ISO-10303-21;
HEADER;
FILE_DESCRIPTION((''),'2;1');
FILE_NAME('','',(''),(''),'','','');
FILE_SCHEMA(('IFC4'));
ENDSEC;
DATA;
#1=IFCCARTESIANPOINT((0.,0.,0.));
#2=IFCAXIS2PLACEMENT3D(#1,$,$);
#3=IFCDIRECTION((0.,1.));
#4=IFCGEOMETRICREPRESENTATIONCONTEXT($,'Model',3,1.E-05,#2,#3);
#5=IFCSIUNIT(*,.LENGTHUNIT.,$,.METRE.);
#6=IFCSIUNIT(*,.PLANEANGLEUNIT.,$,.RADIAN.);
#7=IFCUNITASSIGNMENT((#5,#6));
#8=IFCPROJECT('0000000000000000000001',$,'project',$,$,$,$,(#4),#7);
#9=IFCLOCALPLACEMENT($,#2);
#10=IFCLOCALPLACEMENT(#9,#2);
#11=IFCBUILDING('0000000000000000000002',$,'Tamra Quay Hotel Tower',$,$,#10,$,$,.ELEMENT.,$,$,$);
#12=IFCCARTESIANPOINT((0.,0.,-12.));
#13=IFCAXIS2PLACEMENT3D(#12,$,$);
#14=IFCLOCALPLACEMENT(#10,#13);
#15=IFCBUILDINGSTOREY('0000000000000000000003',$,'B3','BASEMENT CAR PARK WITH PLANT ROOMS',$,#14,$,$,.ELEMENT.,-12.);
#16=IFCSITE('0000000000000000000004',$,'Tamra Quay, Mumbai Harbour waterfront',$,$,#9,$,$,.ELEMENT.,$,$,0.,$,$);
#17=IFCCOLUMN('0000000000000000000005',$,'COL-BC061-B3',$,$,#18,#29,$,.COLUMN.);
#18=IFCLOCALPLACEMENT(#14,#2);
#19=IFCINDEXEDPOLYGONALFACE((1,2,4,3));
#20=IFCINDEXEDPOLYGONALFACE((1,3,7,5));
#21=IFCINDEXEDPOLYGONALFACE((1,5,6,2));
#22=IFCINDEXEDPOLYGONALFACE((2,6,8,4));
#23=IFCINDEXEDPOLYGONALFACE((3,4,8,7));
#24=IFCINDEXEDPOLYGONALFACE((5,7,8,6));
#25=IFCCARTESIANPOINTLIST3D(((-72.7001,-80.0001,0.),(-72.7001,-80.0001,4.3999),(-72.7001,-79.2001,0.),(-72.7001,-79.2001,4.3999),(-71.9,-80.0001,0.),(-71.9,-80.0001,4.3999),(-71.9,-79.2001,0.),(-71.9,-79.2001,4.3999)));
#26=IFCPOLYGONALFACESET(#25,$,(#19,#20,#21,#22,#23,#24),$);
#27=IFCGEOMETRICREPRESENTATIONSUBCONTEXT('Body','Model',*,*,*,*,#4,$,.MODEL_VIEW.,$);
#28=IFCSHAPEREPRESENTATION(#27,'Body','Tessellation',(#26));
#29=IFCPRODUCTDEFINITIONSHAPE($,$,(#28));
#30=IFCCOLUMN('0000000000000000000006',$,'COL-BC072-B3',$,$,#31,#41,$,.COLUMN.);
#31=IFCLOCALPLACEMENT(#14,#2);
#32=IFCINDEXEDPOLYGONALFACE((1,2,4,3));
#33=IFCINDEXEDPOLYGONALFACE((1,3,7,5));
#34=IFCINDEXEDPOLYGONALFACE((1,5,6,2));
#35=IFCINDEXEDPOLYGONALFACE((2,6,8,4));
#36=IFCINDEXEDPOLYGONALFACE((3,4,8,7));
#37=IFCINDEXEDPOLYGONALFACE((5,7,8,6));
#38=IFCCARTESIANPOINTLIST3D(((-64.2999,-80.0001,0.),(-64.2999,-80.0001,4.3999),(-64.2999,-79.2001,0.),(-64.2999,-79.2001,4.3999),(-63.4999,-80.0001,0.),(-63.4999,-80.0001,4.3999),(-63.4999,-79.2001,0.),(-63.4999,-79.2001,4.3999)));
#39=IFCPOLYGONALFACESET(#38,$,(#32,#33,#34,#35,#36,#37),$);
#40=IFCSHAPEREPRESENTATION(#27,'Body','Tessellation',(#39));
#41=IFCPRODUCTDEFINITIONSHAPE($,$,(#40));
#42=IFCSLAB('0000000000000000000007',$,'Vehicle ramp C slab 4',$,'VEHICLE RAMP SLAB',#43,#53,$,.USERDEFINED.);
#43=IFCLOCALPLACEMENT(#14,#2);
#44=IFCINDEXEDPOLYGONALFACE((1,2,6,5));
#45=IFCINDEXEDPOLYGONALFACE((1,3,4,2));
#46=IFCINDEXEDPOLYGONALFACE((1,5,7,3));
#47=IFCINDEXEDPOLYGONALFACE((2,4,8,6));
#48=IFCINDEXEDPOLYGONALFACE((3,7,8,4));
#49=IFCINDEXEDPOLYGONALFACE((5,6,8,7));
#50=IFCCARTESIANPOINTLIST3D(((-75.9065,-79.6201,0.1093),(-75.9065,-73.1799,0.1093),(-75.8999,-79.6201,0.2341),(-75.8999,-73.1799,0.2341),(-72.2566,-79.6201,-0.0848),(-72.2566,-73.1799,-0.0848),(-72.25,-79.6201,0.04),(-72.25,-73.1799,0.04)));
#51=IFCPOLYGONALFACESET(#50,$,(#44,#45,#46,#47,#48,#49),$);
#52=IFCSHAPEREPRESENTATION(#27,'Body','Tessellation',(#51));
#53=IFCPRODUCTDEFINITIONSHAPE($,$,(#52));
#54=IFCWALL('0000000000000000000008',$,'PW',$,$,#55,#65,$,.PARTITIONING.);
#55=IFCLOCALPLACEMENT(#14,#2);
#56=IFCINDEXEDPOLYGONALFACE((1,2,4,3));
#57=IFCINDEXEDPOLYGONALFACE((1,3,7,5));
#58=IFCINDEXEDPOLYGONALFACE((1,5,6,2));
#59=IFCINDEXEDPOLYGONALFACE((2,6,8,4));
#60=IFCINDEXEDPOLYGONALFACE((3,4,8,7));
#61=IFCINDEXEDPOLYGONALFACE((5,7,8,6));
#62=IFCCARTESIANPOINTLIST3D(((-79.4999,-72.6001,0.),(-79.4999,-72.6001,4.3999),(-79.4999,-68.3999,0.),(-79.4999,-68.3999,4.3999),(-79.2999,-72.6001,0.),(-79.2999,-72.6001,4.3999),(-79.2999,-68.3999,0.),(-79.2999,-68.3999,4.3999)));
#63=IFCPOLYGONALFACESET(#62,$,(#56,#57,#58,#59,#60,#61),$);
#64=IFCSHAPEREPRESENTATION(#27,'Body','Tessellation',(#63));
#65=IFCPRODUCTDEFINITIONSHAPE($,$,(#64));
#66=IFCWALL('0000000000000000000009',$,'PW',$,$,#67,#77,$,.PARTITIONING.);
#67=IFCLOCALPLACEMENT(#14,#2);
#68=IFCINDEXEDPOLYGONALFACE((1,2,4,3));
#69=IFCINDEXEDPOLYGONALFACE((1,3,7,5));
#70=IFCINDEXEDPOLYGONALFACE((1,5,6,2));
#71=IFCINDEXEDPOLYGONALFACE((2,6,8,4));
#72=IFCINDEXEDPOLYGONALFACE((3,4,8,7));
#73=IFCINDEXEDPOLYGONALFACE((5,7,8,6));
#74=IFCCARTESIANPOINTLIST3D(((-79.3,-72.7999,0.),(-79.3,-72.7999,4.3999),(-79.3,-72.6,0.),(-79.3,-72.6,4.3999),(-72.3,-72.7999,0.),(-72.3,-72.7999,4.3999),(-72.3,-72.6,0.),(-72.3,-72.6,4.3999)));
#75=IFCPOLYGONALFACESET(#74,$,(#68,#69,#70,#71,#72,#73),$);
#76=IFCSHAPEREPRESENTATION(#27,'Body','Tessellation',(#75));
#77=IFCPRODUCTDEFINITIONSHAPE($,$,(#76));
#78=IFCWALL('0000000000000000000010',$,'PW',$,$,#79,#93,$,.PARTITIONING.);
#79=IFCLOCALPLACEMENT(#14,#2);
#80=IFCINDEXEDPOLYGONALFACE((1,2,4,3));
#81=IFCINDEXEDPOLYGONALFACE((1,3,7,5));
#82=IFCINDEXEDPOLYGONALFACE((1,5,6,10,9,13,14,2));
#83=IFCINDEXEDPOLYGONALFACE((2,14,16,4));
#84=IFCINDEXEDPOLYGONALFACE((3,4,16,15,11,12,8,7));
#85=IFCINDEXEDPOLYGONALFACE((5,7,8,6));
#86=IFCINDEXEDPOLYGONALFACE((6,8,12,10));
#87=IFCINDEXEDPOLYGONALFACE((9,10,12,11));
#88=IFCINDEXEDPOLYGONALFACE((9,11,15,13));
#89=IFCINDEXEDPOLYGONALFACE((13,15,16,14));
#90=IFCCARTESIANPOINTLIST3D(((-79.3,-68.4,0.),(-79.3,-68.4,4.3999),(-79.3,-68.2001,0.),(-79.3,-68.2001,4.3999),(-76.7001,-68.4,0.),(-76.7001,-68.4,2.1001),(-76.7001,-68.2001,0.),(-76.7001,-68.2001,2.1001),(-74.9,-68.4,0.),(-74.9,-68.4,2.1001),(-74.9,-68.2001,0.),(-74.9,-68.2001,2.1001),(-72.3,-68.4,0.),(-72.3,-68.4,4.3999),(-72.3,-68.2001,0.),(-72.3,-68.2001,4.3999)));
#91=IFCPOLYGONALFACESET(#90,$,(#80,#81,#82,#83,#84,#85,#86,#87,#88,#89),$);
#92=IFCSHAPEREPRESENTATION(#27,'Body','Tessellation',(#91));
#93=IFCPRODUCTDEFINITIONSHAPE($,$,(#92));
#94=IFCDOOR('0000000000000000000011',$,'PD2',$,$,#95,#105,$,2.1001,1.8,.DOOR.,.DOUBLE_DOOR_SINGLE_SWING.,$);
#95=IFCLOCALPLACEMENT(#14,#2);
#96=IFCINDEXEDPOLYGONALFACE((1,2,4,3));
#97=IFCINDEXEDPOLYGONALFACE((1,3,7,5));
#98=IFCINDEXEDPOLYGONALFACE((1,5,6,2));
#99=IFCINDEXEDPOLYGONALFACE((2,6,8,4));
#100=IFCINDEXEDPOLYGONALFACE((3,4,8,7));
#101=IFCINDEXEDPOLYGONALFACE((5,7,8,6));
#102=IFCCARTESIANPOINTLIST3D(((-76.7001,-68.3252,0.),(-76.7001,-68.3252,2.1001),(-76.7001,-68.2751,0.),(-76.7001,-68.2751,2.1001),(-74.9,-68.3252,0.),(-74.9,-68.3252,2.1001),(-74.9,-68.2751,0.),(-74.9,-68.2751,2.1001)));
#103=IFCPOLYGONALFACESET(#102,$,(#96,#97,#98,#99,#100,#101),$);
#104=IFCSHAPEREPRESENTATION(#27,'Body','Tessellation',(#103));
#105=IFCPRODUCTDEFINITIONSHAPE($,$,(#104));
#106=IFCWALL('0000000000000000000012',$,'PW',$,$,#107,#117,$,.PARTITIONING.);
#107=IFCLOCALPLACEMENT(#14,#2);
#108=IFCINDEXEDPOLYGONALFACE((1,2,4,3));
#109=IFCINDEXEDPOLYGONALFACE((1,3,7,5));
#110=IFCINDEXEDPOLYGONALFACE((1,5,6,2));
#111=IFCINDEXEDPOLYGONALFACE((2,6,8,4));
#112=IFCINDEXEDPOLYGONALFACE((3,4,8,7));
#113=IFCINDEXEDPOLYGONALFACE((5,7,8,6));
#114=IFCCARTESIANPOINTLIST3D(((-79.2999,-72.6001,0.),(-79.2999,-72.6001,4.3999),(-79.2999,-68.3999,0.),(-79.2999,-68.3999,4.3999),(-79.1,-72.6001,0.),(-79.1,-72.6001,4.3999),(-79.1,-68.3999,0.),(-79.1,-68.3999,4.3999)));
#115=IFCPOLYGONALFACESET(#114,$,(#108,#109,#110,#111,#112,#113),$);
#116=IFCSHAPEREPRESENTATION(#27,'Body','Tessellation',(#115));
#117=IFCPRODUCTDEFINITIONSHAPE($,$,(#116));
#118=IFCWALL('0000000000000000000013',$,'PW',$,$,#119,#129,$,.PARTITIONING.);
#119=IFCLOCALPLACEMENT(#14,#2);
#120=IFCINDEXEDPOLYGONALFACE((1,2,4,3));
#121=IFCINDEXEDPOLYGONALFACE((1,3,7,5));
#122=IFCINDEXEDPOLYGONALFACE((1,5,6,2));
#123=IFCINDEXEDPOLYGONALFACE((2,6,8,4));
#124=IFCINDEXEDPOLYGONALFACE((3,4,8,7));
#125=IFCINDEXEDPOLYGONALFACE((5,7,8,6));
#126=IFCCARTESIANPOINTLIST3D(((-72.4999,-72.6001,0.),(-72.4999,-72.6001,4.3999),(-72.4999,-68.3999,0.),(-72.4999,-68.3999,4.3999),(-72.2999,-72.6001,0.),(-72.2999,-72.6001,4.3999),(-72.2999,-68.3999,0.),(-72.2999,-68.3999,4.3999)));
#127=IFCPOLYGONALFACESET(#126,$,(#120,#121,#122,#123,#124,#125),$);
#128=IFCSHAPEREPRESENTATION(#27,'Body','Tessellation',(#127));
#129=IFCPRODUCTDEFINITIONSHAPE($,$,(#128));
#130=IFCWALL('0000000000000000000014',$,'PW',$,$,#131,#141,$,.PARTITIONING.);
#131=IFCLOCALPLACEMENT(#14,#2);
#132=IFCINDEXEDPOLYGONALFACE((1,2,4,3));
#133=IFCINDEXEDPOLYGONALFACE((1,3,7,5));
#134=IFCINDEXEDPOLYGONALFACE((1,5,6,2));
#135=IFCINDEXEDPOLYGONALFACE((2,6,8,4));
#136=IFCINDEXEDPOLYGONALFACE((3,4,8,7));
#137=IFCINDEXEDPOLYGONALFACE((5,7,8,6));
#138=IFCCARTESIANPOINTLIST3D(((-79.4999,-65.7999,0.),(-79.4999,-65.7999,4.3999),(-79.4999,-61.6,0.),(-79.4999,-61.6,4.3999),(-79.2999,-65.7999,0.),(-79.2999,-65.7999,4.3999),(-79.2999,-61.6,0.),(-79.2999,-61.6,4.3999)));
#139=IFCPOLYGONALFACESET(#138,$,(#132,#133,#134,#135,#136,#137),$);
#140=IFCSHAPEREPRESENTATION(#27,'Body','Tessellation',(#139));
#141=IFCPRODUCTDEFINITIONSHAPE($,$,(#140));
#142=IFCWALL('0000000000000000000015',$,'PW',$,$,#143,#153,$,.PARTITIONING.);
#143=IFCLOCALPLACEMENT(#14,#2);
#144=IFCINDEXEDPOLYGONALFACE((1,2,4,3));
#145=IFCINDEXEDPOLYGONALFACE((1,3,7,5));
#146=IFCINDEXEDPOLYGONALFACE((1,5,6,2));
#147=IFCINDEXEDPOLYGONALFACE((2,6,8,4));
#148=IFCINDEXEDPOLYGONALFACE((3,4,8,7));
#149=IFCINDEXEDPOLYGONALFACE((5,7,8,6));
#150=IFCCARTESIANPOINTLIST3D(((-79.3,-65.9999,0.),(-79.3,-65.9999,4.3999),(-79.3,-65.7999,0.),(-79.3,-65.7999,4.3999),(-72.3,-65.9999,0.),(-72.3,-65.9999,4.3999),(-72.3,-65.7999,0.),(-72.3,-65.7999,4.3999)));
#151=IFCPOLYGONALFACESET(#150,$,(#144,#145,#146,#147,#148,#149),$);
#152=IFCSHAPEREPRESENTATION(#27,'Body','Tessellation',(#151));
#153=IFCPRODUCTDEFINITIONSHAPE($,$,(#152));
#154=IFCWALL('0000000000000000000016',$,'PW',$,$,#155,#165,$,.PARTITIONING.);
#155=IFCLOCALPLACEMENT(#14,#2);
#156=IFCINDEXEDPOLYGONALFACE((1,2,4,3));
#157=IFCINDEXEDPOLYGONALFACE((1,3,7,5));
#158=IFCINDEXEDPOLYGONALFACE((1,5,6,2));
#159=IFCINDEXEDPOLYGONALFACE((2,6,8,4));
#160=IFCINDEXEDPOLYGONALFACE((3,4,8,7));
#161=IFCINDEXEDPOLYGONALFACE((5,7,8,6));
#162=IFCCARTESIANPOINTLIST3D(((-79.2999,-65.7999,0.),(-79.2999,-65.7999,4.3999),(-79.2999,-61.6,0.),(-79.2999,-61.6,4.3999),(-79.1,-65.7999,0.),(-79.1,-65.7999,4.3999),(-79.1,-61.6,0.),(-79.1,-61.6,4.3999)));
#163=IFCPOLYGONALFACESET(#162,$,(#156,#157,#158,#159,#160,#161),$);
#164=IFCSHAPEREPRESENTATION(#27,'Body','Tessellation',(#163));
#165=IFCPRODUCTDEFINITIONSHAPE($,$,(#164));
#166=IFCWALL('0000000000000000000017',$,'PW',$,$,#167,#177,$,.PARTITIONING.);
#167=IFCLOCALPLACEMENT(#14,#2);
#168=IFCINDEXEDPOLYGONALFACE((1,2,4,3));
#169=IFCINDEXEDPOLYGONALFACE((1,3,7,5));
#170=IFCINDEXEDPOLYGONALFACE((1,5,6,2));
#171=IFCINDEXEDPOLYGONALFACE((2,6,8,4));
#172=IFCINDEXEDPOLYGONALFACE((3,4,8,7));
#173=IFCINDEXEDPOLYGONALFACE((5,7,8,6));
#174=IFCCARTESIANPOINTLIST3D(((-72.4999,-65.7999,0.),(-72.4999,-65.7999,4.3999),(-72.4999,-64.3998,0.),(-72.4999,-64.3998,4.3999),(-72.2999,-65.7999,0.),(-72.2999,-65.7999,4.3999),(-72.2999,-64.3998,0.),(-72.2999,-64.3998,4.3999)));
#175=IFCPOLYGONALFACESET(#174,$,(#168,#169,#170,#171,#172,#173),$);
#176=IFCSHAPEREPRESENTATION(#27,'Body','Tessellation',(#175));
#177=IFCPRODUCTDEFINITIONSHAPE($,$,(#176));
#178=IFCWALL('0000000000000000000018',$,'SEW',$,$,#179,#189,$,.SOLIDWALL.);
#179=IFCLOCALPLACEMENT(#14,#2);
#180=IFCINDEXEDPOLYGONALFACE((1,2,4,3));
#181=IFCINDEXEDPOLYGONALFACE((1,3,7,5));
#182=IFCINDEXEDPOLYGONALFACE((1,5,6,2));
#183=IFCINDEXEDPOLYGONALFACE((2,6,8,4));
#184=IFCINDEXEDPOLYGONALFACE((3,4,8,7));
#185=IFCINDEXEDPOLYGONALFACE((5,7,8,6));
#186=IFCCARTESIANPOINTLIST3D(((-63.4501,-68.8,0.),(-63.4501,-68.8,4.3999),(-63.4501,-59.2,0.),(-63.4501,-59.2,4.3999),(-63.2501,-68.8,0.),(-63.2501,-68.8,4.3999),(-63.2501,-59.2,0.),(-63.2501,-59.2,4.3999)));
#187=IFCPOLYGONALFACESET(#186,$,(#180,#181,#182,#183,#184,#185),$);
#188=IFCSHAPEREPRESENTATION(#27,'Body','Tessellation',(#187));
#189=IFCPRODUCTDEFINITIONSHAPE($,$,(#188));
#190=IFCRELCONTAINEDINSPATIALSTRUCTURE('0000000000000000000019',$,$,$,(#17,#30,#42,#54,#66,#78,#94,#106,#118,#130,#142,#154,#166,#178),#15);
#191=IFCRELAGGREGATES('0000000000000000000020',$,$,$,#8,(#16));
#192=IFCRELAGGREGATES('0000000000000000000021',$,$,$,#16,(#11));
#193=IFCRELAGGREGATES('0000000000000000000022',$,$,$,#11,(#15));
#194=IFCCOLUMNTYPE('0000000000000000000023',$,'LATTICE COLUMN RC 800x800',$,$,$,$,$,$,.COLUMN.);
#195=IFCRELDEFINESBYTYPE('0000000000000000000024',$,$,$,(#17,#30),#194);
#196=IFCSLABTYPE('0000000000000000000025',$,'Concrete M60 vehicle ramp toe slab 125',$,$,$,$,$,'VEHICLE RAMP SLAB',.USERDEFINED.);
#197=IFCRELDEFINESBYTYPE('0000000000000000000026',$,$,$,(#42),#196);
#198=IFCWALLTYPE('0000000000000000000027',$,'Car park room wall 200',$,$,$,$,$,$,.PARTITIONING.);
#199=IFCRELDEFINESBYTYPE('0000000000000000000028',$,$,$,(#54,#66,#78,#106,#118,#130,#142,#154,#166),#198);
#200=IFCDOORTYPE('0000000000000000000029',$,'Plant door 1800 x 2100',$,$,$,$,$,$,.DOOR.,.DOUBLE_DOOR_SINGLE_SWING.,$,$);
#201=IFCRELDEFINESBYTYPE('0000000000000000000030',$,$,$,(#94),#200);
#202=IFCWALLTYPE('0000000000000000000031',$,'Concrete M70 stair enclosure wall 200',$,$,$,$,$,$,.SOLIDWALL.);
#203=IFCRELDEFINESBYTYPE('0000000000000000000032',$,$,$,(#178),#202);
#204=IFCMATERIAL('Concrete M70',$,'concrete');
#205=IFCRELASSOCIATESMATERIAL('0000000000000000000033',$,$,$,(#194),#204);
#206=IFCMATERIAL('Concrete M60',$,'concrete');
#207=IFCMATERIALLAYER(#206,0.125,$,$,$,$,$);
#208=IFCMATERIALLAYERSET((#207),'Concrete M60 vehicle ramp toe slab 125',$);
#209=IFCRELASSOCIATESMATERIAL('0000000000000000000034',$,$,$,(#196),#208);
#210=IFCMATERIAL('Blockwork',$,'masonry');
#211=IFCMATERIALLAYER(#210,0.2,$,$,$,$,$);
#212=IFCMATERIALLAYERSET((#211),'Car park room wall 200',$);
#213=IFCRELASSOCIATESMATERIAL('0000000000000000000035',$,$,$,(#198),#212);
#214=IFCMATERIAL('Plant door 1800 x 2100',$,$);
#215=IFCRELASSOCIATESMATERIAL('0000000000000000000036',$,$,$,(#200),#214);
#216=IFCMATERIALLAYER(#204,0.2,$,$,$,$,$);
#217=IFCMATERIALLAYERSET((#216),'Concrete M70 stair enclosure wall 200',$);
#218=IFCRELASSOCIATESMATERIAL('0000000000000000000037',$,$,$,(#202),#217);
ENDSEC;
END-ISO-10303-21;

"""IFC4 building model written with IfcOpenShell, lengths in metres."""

from ifc_helpers import new_model, si_unit, direction, frame, frame_2d, origin, origin_2d, place, context, subcontext, project, spatial, polyline, rectangle, outline, extrude, material, layer, layer_set, material_profile, profile_set, type_object, element, fill, save


model = new_model("IFC4")

# Units and contexts
model_context = context("Model", 3, precision=1e-05, world=origin(), true_north=direction((0.0, 1.0)))
body_context = subcontext(model_context, "Body", "Model", "MODEL_VIEW")
ifc_project = project(units=[si_unit("LENGTHUNIT", "METRE"), si_unit("PLANEANGLEUNIT", "RADIAN")], contexts=[model_context])

# Site, building, storey
site_placement = place(None, origin())
site = spatial("IfcSite", under=ifc_project, at=site_placement, Name="Tamra Quay, Mumbai Harbour waterfront", CompositionType="ELEMENT", RefElevation=0.0)
building_placement = place(site_placement, origin())
building = spatial("IfcBuilding", under=site, at=building_placement, Name="Tamra Quay Hotel Tower", CompositionType="ELEMENT")
storey_placement = place(building_placement, frame((0.0, 0.0, -12.0)))
storey = spatial("IfcBuildingStorey", under=building, at=storey_placement, Name="B3", Description="BASEMENT CAR PARK WITH PLANT ROOMS", CompositionType="ELEMENT", Elevation=-12.0)

# Columns
ifc_material_1 = material(Name="Concrete M70", Category="concrete")
ifc_material_profile_1 = material_profile(ifc_material_1, rectangle(XDim=0.8, YDim=0.8, at=origin_2d()), Name="LATTICE COLUMN RC 800x800")
ifc_profile_set_1 = profile_set([ifc_material_profile_1], Name="Concrete M70")
column_type = type_object("IfcColumnType", Name="LATTICE COLUMN RC 800x800", PredefinedType="COLUMN", material=ifc_profile_set_1)
for number, where, z_axis, x_axis, name in (
    (1, (-72.3, -79.6001, 0.0), (0.0, 0.0, 1.0), (1.0, 0.0, 0.0), "COL-BC061-B3"),
    (2, (-63.8999, -79.6001, 0.0), (0.0, 0.0, 1.0), (1.0, 0.0, 0.0), "COL-BC072-B3"),
):
    element("IfcColumn", number, at=place(storey_placement, frame(where, z_axis=z_axis, x_axis=x_axis)), inside=storey, type_object=column_type, Name=name, PredefinedType="COLUMN", context=body_context, shape_type="SweptSolid", body=[
        extrude(rectangle(XDim=0.8, YDim=0.8, at=origin_2d()), origin(), (0.0, 0.0, 1.0), 4.3999),
    ])

# Slab
ifc_material_2 = material(Name="Concrete M60", Category="concrete")
ifc_layer_1 = layer(ifc_material_2, 0.125)
ifc_layer_set_1 = layer_set([ifc_layer_1], Name="Concrete M60 vehicle ramp toe slab 125")
slab_type = type_object("IfcSlabType", Name="Concrete M60 vehicle ramp toe slab 125", ElementType="VEHICLE RAMP SLAB", PredefinedType="USERDEFINED", material=ifc_layer_set_1)
slab_placement = place(storey_placement, frame((-75.8999, -79.6201, 0.2341), z_axis=(0.053102, 0.0, 0.998589), x_axis=(0.998589, 0.0, -0.053102)))
element("IfcSlab", 3, at=slab_placement, inside=storey, type_object=slab_type, Name="Vehicle ramp C slab 4", ObjectType="VEHICLE RAMP SLAB", PredefinedType="USERDEFINED", context=body_context, shape_type="SweptSolid", body=[
    extrude(outline(polyline([(0.0, 0.0), (3.6551, 0.0), (3.6551, 6.4402), (0.0, 6.4402), (0.0, 0.0)])), origin(), (0.0, 0.0, -1.0), 0.125),
])

# Walls
ifc_material_3 = material(Name="Blockwork", Category="masonry")
ifc_layer_2 = layer(ifc_material_3, 0.2)
ifc_layer_set_2 = layer_set([ifc_layer_2], Name="Car park room wall 200")
wall_type_1 = type_object("IfcWallType", Name="Car park room wall 200", PredefinedType="PARTITIONING", material=ifc_layer_set_2)
wall_1_placement = place(storey_placement, frame((-79.3999, -72.6001, 0.0), z_axis=(0.0, 0.0, 1.0), x_axis=(0.0, 1.0, 0.0)))
element("IfcWall", 4, at=wall_1_placement, inside=storey, type_object=wall_type_1, Name="PW", PredefinedType="PARTITIONING", context=body_context, shape_type="SweptSolid", body=[
    extrude(rectangle(XDim=4.2002, YDim=0.2, at=frame_2d((2.1001, 0.0))), origin(), (0.0, 0.0, 1.0), 4.3999),
])
wall_2_placement = place(storey_placement, frame((-79.3, -72.7, 0.0), z_axis=(0.0, 0.0, 1.0), x_axis=(1.0, 0.0, 0.0)))
element("IfcWall", 5, at=wall_2_placement, inside=storey, type_object=wall_type_1, Name="PW", PredefinedType="PARTITIONING", context=body_context, shape_type="SweptSolid", body=[
    extrude(rectangle(XDim=7.0, YDim=0.2, at=frame_2d((3.5, 0.0))), origin(), (0.0, 0.0, 1.0), 4.3999),
])

# Wall, opening, door
wall_3_placement = place(storey_placement, frame((-79.3, -68.3, 0.0), z_axis=(0.0, 0.0, 1.0), x_axis=(1.0, 0.0, 0.0)))
wall_3 = element("IfcWall", 6, at=wall_3_placement, inside=storey, type_object=wall_type_1, Name="PW", PredefinedType="PARTITIONING", context=body_context, shape_type="SweptSolid", body=[
    extrude(rectangle(XDim=7.0, YDim=0.2, at=frame_2d((3.5, 0.0))), origin(), (0.0, 0.0, 1.0), 4.3999),
])
opening_placement = place(wall_3_placement, frame((2.6001, 0.0, 0.0)))
opening = element("IfcOpeningElement", 7, at=opening_placement, cuts=wall_3, PredefinedType="OPENING", context=body_context, shape_type="SweptSolid", body=[
    extrude(rectangle(XDim=1.8, YDim=2.1001, at=frame_2d((0.8999, 1.05))), frame((0.0, 0.1099, 0.0), z_axis=(0.0, -1.0, 0.0), x_axis=(1.0, 0.0, 0.0)), (0.0, 0.0, 1.0), 0.22),
])
ifc_material_4 = material(Name="Plant door 1800 x 2100")
door_type = type_object("IfcDoorType", Name="Plant door 1800 x 2100", OperationType="DOUBLE_DOOR_SINGLE_SWING", PredefinedType="DOOR", material=ifc_material_4)
door_placement = place(opening_placement, origin())
door = element("IfcDoor", 8, at=door_placement, inside=storey, type_object=door_type, Name="PD2", OperationType="DOUBLE_DOOR_SINGLE_SWING", OverallHeight=2.1001, OverallWidth=1.8, PredefinedType="DOOR", context=body_context, shape_type="SweptSolid", body=[
    extrude(rectangle(XDim=1.8, YDim=2.1001, at=frame_2d((0.8999, 1.05))), frame((0.0, 0.0249, 0.0), z_axis=(0.0, -1.0, 0.0), x_axis=(1.0, 0.0, 0.0)), (0.0, 0.0, 1.0), 0.05),
])
fill(opening, door)

# Walls
for number, where, z_axis, x_axis, name in (
    (9, (-79.2, -72.6001, 0.0), (0.0, 0.0, 1.0), (0.0, 1.0, 0.0), "PW"),
    (10, (-72.3999, -72.6001, 0.0), (0.0, 0.0, 1.0), (0.0, 1.0, 0.0), "PW"),
):
    element("IfcWall", number, at=place(storey_placement, frame(where, z_axis=z_axis, x_axis=x_axis)), inside=storey, type_object=wall_type_1, Name=name, PredefinedType="PARTITIONING", context=body_context, shape_type="SweptSolid", body=[
        extrude(rectangle(XDim=4.2002, YDim=0.2, at=frame_2d((2.1001, 0.0))), origin(), (0.0, 0.0, 1.0), 4.3999),
    ])
wall_4_placement = place(storey_placement, frame((-79.3999, -65.8, 0.0), z_axis=(0.0, 0.0, 1.0), x_axis=(0.0, 1.0, 0.0)))
element("IfcWall", 11, at=wall_4_placement, inside=storey, type_object=wall_type_1, Name="PW", PredefinedType="PARTITIONING", context=body_context, shape_type="SweptSolid", body=[
    extrude(rectangle(XDim=4.2, YDim=0.2, at=frame_2d((2.1001, 0.0))), origin(), (0.0, 0.0, 1.0), 4.3999),
])
wall_5_placement = place(storey_placement, frame((-79.3, -65.8999, 0.0), z_axis=(0.0, 0.0, 1.0), x_axis=(1.0, 0.0, 0.0)))
element("IfcWall", 12, at=wall_5_placement, inside=storey, type_object=wall_type_1, Name="PW", PredefinedType="PARTITIONING", context=body_context, shape_type="SweptSolid", body=[
    extrude(rectangle(XDim=7.0, YDim=0.2, at=frame_2d((3.5, 0.0))), origin(), (0.0, 0.0, 1.0), 4.3999),
])
wall_6_placement = place(storey_placement, frame((-79.2, -65.8, 0.0), z_axis=(0.0, 0.0, 1.0), x_axis=(0.0, 1.0, 0.0)))
element("IfcWall", 13, at=wall_6_placement, inside=storey, type_object=wall_type_1, Name="PW", PredefinedType="PARTITIONING", context=body_context, shape_type="SweptSolid", body=[
    extrude(rectangle(XDim=4.2, YDim=0.2, at=frame_2d((2.1001, 0.0))), origin(), (0.0, 0.0, 1.0), 4.3999),
])
wall_7_placement = place(storey_placement, frame((-72.3999, -65.8, 0.0), z_axis=(0.0, 0.0, 1.0), x_axis=(0.0, 1.0, 0.0)))
element("IfcWall", 14, at=wall_7_placement, inside=storey, type_object=wall_type_1, Name="PW", PredefinedType="PARTITIONING", context=body_context, shape_type="SweptSolid", body=[
    extrude(rectangle(XDim=1.4001, YDim=0.2, at=frame_2d((0.7002, 0.0))), origin(), (0.0, 0.0, 1.0), 4.3999),
])
ifc_layer_3 = layer(ifc_material_1, 0.2)
ifc_layer_set_3 = layer_set([ifc_layer_3], Name="Concrete M70 stair enclosure wall 200")
wall_type_2 = type_object("IfcWallType", Name="Concrete M70 stair enclosure wall 200", PredefinedType="SOLIDWALL", material=ifc_layer_set_3)
wall_8_placement = place(storey_placement, frame((-63.3501, -68.8, 0.0), z_axis=(0.0, 0.0, 1.0), x_axis=(0.0, 1.0, 0.0)))
element("IfcWall", 15, at=wall_8_placement, inside=storey, type_object=wall_type_2, Name="SEW", PredefinedType="SOLIDWALL", context=body_context, shape_type="SweptSolid", body=[
    extrude(rectangle(XDim=9.6001, YDim=0.2, at=frame_2d((4.8, 0.0))), origin(), (0.0, 0.0, 1.0), 4.3999),
])

save(model, "model.ifc")
